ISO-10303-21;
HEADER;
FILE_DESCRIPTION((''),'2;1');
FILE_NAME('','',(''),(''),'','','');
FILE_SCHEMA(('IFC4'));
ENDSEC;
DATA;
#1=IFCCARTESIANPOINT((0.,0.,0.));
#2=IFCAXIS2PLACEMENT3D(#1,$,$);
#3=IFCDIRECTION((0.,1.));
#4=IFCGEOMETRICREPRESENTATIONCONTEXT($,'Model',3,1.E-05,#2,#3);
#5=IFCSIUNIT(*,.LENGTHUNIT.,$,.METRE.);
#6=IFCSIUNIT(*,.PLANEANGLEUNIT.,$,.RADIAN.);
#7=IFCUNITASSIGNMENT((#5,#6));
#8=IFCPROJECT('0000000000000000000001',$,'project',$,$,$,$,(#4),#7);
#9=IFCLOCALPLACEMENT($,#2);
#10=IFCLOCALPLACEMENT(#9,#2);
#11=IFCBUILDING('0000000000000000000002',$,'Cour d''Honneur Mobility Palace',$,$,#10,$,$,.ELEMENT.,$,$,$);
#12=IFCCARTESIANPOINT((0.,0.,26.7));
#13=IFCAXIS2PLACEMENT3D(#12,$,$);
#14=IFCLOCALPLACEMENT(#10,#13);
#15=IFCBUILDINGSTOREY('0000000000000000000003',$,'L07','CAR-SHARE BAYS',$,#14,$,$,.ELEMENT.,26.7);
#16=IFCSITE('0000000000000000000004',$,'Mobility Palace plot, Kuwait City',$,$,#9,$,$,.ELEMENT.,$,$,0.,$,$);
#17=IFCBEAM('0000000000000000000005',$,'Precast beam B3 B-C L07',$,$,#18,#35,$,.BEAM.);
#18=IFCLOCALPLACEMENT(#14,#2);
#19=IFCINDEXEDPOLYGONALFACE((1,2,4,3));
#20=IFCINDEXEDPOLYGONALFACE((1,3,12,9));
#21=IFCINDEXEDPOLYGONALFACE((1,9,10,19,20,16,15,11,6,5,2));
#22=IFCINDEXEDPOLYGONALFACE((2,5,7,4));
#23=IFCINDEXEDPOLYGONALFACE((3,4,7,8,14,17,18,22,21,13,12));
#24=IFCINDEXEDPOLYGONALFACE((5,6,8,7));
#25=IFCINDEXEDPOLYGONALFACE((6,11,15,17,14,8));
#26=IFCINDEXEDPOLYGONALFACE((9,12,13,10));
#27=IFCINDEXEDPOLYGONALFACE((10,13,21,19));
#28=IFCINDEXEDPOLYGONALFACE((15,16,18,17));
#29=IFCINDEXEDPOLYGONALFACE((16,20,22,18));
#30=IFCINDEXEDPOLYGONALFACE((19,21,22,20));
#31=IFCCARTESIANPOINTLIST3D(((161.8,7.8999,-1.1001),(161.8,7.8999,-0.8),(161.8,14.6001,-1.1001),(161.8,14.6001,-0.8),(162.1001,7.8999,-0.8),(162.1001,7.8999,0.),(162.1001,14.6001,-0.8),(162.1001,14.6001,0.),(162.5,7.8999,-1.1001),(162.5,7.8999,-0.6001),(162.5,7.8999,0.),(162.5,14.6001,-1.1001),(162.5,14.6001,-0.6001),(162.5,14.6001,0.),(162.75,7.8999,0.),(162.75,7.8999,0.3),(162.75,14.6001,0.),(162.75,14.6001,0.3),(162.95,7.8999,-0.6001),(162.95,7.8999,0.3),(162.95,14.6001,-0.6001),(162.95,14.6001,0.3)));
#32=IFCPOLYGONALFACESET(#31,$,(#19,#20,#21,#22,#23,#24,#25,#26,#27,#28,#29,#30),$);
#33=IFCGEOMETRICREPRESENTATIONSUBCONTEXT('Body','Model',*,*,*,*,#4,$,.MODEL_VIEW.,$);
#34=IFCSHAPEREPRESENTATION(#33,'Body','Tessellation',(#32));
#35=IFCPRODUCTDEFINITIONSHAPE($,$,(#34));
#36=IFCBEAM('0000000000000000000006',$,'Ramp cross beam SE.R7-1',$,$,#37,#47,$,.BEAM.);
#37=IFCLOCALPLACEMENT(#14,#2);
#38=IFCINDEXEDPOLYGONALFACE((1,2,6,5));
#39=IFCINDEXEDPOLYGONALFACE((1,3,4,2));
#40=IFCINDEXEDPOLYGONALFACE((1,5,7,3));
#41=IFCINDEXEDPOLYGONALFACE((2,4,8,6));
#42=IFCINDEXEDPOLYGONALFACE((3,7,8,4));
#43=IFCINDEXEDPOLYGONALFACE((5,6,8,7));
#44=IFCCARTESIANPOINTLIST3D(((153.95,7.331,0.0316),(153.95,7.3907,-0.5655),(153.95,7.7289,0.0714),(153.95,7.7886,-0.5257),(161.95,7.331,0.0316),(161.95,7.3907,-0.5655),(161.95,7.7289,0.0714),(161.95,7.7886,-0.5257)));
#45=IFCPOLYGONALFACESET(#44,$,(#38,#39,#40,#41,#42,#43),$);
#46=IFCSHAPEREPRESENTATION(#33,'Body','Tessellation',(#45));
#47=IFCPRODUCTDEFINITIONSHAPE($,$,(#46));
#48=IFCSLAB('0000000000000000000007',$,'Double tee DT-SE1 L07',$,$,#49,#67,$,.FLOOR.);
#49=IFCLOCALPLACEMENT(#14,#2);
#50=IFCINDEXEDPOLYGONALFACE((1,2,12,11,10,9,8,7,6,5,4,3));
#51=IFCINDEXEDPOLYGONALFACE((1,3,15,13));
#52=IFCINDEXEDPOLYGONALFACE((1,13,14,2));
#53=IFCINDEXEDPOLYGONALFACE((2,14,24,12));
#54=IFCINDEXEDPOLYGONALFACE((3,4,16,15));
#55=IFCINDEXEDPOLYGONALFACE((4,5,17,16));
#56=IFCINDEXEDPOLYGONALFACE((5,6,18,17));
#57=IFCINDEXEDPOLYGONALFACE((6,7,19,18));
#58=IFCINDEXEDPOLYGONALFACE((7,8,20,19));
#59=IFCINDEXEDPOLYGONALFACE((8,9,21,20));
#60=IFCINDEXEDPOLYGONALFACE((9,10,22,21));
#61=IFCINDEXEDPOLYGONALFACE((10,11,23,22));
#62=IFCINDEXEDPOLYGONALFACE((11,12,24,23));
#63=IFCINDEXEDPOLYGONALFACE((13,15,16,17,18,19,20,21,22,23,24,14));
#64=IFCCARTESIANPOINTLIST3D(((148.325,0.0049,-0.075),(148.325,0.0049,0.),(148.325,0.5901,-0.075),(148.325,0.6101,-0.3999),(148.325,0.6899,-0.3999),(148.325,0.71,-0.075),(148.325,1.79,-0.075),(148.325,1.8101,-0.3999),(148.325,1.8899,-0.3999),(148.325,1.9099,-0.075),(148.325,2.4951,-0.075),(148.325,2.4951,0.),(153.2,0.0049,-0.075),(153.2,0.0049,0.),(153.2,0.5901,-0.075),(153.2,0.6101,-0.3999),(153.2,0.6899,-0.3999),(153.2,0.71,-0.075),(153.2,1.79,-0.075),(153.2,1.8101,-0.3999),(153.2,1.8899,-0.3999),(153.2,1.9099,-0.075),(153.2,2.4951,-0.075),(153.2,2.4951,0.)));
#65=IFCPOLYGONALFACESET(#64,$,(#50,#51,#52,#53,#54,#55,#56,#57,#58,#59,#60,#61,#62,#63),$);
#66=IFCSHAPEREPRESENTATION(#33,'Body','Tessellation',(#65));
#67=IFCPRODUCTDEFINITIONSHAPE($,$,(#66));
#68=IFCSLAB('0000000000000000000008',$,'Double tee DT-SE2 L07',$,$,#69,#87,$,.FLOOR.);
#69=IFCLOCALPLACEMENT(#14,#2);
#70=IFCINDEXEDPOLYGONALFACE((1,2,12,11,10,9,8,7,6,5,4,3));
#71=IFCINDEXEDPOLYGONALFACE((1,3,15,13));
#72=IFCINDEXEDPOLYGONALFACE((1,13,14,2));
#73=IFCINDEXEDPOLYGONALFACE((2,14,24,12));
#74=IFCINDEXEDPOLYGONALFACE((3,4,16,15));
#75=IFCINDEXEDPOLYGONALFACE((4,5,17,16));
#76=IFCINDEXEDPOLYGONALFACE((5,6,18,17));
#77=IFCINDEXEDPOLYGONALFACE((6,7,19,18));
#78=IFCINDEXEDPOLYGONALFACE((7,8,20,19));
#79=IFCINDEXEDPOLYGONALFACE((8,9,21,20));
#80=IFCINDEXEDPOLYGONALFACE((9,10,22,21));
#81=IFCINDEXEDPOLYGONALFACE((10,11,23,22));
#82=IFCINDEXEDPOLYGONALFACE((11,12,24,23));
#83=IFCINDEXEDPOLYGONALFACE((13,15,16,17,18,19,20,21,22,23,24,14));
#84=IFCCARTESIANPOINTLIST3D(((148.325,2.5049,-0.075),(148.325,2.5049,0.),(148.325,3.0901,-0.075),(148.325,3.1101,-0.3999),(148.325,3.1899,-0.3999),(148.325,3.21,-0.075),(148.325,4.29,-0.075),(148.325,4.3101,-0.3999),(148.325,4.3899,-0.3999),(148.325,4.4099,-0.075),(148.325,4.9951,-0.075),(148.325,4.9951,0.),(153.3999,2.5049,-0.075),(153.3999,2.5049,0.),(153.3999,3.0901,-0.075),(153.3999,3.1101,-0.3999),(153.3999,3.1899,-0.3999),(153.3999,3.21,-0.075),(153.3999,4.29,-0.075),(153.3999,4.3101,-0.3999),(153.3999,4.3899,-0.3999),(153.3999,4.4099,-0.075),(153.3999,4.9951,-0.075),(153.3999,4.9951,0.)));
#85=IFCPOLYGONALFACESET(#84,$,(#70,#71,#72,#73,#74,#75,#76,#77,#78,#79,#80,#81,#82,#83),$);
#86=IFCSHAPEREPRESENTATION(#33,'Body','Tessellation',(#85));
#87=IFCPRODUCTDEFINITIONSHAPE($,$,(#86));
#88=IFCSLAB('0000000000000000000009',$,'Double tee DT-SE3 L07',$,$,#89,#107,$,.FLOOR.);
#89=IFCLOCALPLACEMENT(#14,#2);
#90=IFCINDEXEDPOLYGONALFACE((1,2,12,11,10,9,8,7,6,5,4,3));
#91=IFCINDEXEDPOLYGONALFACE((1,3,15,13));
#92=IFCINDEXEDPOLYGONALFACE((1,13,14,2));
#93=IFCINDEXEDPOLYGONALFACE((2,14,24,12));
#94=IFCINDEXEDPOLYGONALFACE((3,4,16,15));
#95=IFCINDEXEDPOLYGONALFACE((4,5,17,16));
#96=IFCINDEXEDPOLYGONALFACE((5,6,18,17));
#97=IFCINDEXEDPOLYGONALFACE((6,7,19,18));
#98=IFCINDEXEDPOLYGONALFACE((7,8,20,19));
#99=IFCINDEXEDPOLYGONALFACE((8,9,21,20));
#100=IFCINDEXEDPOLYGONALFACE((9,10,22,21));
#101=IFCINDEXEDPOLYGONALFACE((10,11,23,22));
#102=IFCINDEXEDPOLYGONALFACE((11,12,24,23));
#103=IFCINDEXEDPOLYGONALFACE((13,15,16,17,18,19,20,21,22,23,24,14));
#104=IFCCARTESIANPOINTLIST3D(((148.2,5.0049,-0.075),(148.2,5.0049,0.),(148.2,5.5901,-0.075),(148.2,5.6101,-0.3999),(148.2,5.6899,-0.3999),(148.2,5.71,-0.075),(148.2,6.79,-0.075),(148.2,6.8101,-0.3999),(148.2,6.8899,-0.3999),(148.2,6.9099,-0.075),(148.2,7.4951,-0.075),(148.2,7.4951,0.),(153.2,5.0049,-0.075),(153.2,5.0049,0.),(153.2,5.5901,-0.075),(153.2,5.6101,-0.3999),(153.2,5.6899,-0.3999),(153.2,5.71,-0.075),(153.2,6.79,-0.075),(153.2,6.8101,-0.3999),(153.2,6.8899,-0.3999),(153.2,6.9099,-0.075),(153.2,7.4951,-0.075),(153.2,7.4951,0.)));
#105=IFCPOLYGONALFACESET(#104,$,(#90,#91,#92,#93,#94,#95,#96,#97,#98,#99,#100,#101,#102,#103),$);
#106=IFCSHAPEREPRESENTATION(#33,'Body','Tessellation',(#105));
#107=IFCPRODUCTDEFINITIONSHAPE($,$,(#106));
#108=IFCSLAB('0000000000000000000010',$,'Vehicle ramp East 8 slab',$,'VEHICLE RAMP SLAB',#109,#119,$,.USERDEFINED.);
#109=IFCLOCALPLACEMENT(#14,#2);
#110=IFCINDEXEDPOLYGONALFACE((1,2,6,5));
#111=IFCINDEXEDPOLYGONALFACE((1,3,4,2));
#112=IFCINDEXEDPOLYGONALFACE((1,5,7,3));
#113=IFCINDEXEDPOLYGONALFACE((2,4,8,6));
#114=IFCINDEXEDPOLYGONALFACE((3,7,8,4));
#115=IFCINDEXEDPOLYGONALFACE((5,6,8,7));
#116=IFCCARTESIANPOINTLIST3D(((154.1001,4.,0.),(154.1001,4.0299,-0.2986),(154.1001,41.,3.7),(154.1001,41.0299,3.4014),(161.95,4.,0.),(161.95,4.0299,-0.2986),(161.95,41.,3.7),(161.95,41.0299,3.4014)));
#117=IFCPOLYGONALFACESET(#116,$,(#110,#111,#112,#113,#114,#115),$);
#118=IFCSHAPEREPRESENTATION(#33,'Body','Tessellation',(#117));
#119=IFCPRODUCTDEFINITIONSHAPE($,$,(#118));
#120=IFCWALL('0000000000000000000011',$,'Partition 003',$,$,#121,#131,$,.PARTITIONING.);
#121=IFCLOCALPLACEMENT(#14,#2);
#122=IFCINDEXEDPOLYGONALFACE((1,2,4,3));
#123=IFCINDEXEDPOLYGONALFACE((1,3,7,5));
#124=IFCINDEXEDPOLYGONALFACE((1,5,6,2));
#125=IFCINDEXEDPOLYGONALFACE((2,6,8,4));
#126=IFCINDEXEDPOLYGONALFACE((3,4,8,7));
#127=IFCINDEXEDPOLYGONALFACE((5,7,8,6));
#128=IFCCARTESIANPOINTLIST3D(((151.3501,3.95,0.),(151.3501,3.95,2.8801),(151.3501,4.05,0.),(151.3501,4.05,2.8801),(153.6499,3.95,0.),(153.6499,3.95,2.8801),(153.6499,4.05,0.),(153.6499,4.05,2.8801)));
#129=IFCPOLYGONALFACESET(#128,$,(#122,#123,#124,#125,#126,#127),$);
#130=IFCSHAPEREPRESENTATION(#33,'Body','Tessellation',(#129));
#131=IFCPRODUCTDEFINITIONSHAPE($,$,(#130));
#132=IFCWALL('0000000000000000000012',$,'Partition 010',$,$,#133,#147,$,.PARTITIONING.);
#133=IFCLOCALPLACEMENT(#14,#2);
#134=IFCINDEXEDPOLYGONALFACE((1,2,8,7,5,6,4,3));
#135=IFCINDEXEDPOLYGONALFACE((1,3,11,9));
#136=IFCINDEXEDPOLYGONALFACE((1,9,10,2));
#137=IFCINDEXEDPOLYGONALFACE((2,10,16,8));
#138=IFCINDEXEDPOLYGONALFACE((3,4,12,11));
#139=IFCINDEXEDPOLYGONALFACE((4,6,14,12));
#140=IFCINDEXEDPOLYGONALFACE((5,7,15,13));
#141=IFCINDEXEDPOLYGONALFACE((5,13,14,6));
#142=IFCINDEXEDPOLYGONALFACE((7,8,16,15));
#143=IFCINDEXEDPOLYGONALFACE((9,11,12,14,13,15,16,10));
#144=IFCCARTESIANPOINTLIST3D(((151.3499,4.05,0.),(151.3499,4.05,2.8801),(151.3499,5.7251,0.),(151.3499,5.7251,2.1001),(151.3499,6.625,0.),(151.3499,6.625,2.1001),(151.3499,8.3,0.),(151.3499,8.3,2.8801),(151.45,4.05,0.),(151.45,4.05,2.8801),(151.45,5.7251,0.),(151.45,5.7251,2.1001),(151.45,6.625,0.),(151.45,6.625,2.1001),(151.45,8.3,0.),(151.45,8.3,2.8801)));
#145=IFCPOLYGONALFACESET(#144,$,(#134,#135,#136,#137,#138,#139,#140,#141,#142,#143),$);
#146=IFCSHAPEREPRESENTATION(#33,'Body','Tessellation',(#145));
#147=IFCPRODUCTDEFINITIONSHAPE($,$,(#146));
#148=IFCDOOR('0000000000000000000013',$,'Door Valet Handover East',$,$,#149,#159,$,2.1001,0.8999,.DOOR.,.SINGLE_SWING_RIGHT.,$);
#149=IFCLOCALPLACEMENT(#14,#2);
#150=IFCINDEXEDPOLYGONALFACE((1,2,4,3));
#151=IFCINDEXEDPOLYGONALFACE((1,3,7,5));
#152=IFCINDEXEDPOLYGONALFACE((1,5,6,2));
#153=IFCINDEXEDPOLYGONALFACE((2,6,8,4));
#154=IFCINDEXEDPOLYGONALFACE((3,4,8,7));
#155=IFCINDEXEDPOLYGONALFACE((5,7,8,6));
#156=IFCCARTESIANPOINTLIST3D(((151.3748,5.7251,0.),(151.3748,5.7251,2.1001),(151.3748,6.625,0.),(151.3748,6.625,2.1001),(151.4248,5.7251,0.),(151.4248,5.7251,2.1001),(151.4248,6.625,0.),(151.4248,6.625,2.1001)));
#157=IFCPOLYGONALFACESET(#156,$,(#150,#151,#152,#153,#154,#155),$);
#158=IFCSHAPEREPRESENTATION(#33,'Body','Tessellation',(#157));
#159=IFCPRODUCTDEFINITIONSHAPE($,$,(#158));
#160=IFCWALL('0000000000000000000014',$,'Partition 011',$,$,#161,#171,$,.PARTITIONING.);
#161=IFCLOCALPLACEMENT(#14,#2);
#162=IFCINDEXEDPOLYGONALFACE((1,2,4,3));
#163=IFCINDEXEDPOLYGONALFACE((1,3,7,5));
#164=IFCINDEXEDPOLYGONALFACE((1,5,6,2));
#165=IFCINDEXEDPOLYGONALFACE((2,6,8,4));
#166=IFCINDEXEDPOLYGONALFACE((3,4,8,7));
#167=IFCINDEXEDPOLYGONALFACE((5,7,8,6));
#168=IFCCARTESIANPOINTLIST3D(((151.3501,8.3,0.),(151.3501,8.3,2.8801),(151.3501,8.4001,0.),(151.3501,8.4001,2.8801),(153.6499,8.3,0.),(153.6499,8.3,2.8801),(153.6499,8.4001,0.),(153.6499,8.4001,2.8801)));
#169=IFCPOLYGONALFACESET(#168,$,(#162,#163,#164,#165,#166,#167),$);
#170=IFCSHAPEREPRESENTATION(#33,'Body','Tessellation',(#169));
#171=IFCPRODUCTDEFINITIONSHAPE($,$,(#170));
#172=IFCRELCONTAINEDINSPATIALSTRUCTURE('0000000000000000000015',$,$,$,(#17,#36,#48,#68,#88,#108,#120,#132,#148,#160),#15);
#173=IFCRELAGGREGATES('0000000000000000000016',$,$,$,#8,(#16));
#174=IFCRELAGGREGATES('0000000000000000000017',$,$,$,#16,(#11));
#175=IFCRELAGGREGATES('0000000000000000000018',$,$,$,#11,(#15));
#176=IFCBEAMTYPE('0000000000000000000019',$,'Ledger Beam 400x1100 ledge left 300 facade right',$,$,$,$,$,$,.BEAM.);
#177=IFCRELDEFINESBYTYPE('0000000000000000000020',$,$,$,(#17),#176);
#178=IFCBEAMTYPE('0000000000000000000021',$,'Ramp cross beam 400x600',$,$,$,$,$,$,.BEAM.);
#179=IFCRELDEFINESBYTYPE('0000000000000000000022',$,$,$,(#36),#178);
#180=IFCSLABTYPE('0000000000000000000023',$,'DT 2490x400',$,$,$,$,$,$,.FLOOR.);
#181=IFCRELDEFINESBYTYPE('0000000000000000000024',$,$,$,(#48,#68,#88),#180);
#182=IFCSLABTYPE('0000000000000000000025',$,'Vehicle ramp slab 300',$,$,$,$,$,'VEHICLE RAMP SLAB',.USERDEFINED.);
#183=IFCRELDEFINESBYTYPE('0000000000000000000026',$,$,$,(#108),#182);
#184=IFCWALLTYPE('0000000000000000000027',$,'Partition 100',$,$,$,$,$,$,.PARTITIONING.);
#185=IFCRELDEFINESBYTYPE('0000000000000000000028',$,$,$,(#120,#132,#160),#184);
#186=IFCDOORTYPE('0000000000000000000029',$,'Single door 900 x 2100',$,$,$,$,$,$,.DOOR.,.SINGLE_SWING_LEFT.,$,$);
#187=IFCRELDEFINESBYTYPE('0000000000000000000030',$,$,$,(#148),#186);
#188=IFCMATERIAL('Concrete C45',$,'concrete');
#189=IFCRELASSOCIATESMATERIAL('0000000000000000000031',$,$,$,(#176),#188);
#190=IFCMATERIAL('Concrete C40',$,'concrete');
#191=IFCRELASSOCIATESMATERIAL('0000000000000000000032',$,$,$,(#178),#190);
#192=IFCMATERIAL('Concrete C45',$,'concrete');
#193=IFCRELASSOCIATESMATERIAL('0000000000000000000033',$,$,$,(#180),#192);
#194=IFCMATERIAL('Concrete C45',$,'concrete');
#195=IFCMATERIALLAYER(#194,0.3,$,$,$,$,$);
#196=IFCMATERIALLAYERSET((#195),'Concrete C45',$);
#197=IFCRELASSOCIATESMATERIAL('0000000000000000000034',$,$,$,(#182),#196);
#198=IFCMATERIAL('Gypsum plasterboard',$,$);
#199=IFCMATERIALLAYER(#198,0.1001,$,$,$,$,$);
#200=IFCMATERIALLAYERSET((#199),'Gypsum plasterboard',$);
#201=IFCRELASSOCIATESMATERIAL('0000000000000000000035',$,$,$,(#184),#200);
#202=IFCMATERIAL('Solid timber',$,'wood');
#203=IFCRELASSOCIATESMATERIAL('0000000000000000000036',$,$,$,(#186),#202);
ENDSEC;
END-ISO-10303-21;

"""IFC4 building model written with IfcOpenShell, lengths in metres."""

from ifc_helpers import new_model, si_unit, direction, frame, frame_2d, origin, origin_2d, place, context, subcontext, project, spatial, polyline, rectangle, outline, extrude, material, layer, layer_set, material_profile, profile_set, type_object, element, fill, save


model = new_model("IFC4")

# Units and contexts
model_context = context("Model", 3, precision=1e-05, world=origin(), true_north=direction((0.0, 1.0)))
body_context = subcontext(model_context, "Body", "Model", "MODEL_VIEW")
ifc_project = project(units=[si_unit("LENGTHUNIT", "METRE"), si_unit("PLANEANGLEUNIT", "RADIAN")], contexts=[model_context])

# Site, building, storey
site_placement = place(None, origin())
site = spatial("IfcSite", under=ifc_project, at=site_placement, Name="Mobility Palace plot, Kuwait City", CompositionType="ELEMENT", RefElevation=0.0)
building_placement = place(site_placement, origin())
building = spatial("IfcBuilding", under=site, at=building_placement, Name="Cour d'Honneur Mobility Palace", CompositionType="ELEMENT")
storey_placement = place(building_placement, frame((0.0, 0.0, 26.7)))
storey = spatial("IfcBuildingStorey", under=building, at=storey_placement, Name="L07", Description="CAR-SHARE BAYS", CompositionType="ELEMENT", Elevation=26.7)

# Beams
ifc_material_1 = material(Name="Concrete C45", Category="concrete")
ifc_material_profile_1 = material_profile(ifc_material_1, outline(polyline([(0.5, -1.1001), (0.5, -0.8), (0.2, -0.8), (0.2, 0.0), (-0.2, 0.0), (-0.45, 0.0), (-0.45, 0.3), (-0.6499, 0.3), (-0.6499, -0.6001), (-0.2, -0.6001), (-0.2, -1.1001), (0.5, -1.1001)])), Name="Ledger Beam 400x1100 ledge left 300 facade right")
ifc_profile_set_1 = profile_set([ifc_material_profile_1], Name="Concrete C45")
beam_type_1 = type_object("IfcBeamType", Name="Ledger Beam 400x1100 ledge left 300 facade right", PredefinedType="BEAM", material=ifc_profile_set_1)
for number, where, z_axis, x_axis, name in (
    (1, (162.3, 7.8999, 0.0), (0.0, 1.0, 0.0), (-1.0, 0.0, 0.0), "Precast beam B3 B-C L07"),
):
    element("IfcBeam", number, at=place(storey_placement, frame(where, z_axis=z_axis, x_axis=x_axis)), inside=storey, type_object=beam_type_1, Name=name, PredefinedType="BEAM", context=body_context, shape_type="SweptSolid", body=[
        extrude(outline(polyline([(0.5, -1.1001), (0.5, -0.8), (0.2, -0.8), (0.2, 0.0), (-0.2, 0.0), (-0.45, 0.0), (-0.45, 0.3), (-0.6499, 0.3), (-0.6499, -0.6001), (-0.2, -0.6001), (-0.2, -1.1001), (0.5, -1.1001)])), origin(), (0.0, 0.0, 1.0), 6.7002),
    ])
ifc_material_2 = material(Name="Concrete C40", Category="concrete")
ifc_material_profile_2 = material_profile(ifc_material_2, rectangle(XDim=0.3999, YDim=0.6001, at=origin_2d()), Name="Ramp cross beam 400x600")
ifc_profile_set_2 = profile_set([ifc_material_profile_2], Name="Concrete C40")
beam_type_2 = type_object("IfcBeamType", Name="Ramp cross beam 400x600", PredefinedType="BEAM", material=ifc_profile_set_2)
beam_1_placement = place(storey_placement, frame((161.95, 7.5598, -0.2471), z_axis=(-1.0, 0.0, 0.0), x_axis=(0.0, -0.995037, -0.099504)))
element("IfcBeam", 2, at=beam_1_placement, inside=storey, type_object=beam_type_2, Name="Ramp cross beam SE.R7-1", PredefinedType="BEAM", context=body_context, shape_type="SweptSolid", body=[
    extrude(rectangle(XDim=0.3999, YDim=0.6001, at=origin_2d()), origin(), (0.0, 0.0, 1.0), 8.0),
])

# Slabs
ifc_material_3 = material(Name="Concrete C45", Category="concrete")
ifc_material_profile_3 = material_profile(ifc_material_3, outline(polyline([(-1.2451, 0.0), (1.2451, 0.0), (1.2451, -0.075), (0.6599, -0.075), (0.6399, -0.3999), (0.5601, -0.3999), (0.54, -0.075), (-0.54, -0.075), (-0.5601, -0.3999), (-0.6399, -0.3999), (-0.6599, -0.075), (-1.2451, -0.075), (-1.2451, 0.0)])), Name="DT 2490x400")
ifc_profile_set_3 = profile_set([ifc_material_profile_3], Name="Concrete C45")
slab_type_1 = type_object("IfcSlabType", Name="DT 2490x400", PredefinedType="FLOOR", material=ifc_profile_set_3)
slab_1_placement = place(storey_placement, frame((148.325, 1.25, 0.0), z_axis=(1.0, 0.0, 0.0), x_axis=(0.0, 1.0, 0.0)))
element("IfcSlab", 3, at=slab_1_placement, inside=storey, type_object=slab_type_1, Name="Double tee DT-SE1 L07", PredefinedType="FLOOR", context=body_context, shape_type="SweptSolid", body=[
    extrude(outline(polyline([(-1.2451, 0.0), (1.2451, 0.0), (1.2451, -0.075), (0.6599, -0.075), (0.6399, -0.3999), (0.5601, -0.3999), (0.54, -0.075), (-0.54, -0.075), (-0.5601, -0.3999), (-0.6399, -0.3999), (-0.6599, -0.075), (-1.2451, -0.075), (-1.2451, 0.0)])), origin(), (0.0, 0.0, 1.0), 4.875),
])
slab_2_placement = place(storey_placement, frame((148.325, 3.75, 0.0), z_axis=(1.0, 0.0, 0.0), x_axis=(0.0, 1.0, 0.0)))
element("IfcSlab", 4, at=slab_2_placement, inside=storey, type_object=slab_type_1, Name="Double tee DT-SE2 L07", PredefinedType="FLOOR", context=body_context, shape_type="SweptSolid", body=[
    extrude(outline(polyline([(-1.2451, 0.0), (1.2451, 0.0), (1.2451, -0.075), (0.6599, -0.075), (0.6399, -0.3999), (0.5601, -0.3999), (0.54, -0.075), (-0.54, -0.075), (-0.5601, -0.3999), (-0.6399, -0.3999), (-0.6599, -0.075), (-1.2451, -0.075), (-1.2451, 0.0)])), origin(), (0.0, 0.0, 1.0), 5.075),
])
slab_3_placement = place(storey_placement, frame((148.2, 6.25, 0.0), z_axis=(1.0, 0.0, 0.0), x_axis=(0.0, 1.0, 0.0)))
element("IfcSlab", 5, at=slab_3_placement, inside=storey, type_object=slab_type_1, Name="Double tee DT-SE3 L07", PredefinedType="FLOOR", context=body_context, shape_type="SweptSolid", body=[
    extrude(outline(polyline([(-1.2451, 0.0), (1.2451, 0.0), (1.2451, -0.075), (0.6599, -0.075), (0.6399, -0.3999), (0.5601, -0.3999), (0.54, -0.075), (-0.54, -0.075), (-0.5601, -0.3999), (-0.6399, -0.3999), (-0.6599, -0.075), (-1.2451, -0.075), (-1.2451, 0.0)])), origin(), (0.0, 0.0, 1.0), 5.0),
])
ifc_material_4 = material(Name="Concrete C45", Category="concrete")
ifc_layer_1 = layer(ifc_material_4, 0.3)
ifc_layer_set_1 = layer_set([ifc_layer_1], Name="Concrete C45")
slab_type_2 = type_object("IfcSlabType", Name="Vehicle ramp slab 300", ElementType="VEHICLE RAMP SLAB", PredefinedType="USERDEFINED", material=ifc_layer_set_1)
slab_4_placement = place(storey_placement, frame((154.1001, 4.0, 0.0), z_axis=(0.0, -0.099502, 0.995037), x_axis=(1.0, 0.0, 0.0)))
element("IfcSlab", 6, at=slab_4_placement, inside=storey, type_object=slab_type_2, Name="Vehicle ramp East 8 slab", ObjectType="VEHICLE RAMP SLAB", PredefinedType="USERDEFINED", context=body_context, shape_type="SweptSolid", body=[
    extrude(outline(polyline([(0.0, 0.0), (7.8499, 0.0), (7.8499, 37.1845), (0.0, 37.1845), (0.0, 0.0)])), origin(), (0.0, 0.0, -1.0), 0.3),
])

# Wall
ifc_material_5 = material(Name="Gypsum plasterboard")
ifc_layer_2 = layer(ifc_material_5, 0.1001)
ifc_layer_set_2 = layer_set([ifc_layer_2], Name="Gypsum plasterboard")
wall_type_1 = type_object("IfcWallType", Name="Partition 100", PredefinedType="PARTITIONING", material=ifc_layer_set_2)
wall_1_placement = place(storey_placement, frame((151.3501, 4.0, 0.0), z_axis=(0.0, 0.0, 1.0), x_axis=(1.0, 0.0, 0.0)))
element("IfcWall", 7, at=wall_1_placement, inside=storey, type_object=wall_type_1, Name="Partition 003", PredefinedType="PARTITIONING", context=body_context, shape_type="SweptSolid", body=[
    extrude(rectangle(XDim=2.2998, YDim=0.1001, at=frame_2d((1.1499, 0.0))), origin(), (0.0, 0.0, 1.0), 2.8801),
])

# Wall, opening, door
wall_2_placement = place(storey_placement, frame((151.3999, 8.3, 0.0), z_axis=(0.0, 0.0, 1.0), x_axis=(0.0, -1.0, 0.0)))
wall_2 = element("IfcWall", 8, at=wall_2_placement, inside=storey, type_object=wall_type_1, Name="Partition 010", PredefinedType="PARTITIONING", context=body_context, shape_type="SweptSolid", body=[
    extrude(rectangle(XDim=4.25, YDim=0.1001, at=frame_2d((2.125, 0.0))), origin(), (0.0, 0.0, 1.0), 2.8801),
])
opening_1_placement = place(wall_2_placement, frame((1.675, 0.0, 0.0)))
opening_1 = element("IfcOpeningElement", 9, at=opening_1_placement, cuts=wall_2, PredefinedType="OPENING", context=body_context, shape_type="SweptSolid", body=[
    extrude(rectangle(XDim=0.8999, YDim=2.1001, at=frame_2d((0.45, 1.05))), frame((0.0, 0.0601, 0.0), z_axis=(0.0, -1.0, 0.0), x_axis=(1.0, 0.0, 0.0)), (0.0, 0.0, 1.0), 0.1201),
])
ifc_material_6 = material(Name="Solid timber", Category="wood")
door_type_1 = type_object("IfcDoorType", Name="Single door 900 x 2100", OperationType="SINGLE_SWING_LEFT", PredefinedType="DOOR", material=ifc_material_6)
door_1_placement = place(opening_1_placement, origin())
door_1 = element("IfcDoor", 10, at=door_1_placement, inside=storey, type_object=door_type_1, Name="Door Valet Handover East", OperationType="SINGLE_SWING_RIGHT", OverallHeight=2.1001, OverallWidth=0.8999, PredefinedType="DOOR", context=body_context, shape_type="SweptSolid", body=[
    extrude(rectangle(XDim=0.8999, YDim=2.1001, at=frame_2d((0.45, 1.05))), frame((0.0, 0.0249, 0.0), z_axis=(0.0, -1.0, 0.0), x_axis=(1.0, 0.0, 0.0)), (0.0, 0.0, 1.0), 0.05),
])
fill(opening_1, door_1)

# Wall
wall_3_placement = place(storey_placement, frame((153.6499, 8.3501, 0.0), z_axis=(0.0, 0.0, 1.0), x_axis=(-1.0, 0.0, 0.0)))
element("IfcWall", 11, at=wall_3_placement, inside=storey, type_object=wall_type_1, Name="Partition 011", PredefinedType="PARTITIONING", context=body_context, shape_type="SweptSolid", body=[
    extrude(rectangle(XDim=2.2998, YDim=0.1001, at=frame_2d((1.1499, 0.0))), origin(), (0.0, 0.0, 1.0), 2.8801),
])

save(model, "model.ifc")
